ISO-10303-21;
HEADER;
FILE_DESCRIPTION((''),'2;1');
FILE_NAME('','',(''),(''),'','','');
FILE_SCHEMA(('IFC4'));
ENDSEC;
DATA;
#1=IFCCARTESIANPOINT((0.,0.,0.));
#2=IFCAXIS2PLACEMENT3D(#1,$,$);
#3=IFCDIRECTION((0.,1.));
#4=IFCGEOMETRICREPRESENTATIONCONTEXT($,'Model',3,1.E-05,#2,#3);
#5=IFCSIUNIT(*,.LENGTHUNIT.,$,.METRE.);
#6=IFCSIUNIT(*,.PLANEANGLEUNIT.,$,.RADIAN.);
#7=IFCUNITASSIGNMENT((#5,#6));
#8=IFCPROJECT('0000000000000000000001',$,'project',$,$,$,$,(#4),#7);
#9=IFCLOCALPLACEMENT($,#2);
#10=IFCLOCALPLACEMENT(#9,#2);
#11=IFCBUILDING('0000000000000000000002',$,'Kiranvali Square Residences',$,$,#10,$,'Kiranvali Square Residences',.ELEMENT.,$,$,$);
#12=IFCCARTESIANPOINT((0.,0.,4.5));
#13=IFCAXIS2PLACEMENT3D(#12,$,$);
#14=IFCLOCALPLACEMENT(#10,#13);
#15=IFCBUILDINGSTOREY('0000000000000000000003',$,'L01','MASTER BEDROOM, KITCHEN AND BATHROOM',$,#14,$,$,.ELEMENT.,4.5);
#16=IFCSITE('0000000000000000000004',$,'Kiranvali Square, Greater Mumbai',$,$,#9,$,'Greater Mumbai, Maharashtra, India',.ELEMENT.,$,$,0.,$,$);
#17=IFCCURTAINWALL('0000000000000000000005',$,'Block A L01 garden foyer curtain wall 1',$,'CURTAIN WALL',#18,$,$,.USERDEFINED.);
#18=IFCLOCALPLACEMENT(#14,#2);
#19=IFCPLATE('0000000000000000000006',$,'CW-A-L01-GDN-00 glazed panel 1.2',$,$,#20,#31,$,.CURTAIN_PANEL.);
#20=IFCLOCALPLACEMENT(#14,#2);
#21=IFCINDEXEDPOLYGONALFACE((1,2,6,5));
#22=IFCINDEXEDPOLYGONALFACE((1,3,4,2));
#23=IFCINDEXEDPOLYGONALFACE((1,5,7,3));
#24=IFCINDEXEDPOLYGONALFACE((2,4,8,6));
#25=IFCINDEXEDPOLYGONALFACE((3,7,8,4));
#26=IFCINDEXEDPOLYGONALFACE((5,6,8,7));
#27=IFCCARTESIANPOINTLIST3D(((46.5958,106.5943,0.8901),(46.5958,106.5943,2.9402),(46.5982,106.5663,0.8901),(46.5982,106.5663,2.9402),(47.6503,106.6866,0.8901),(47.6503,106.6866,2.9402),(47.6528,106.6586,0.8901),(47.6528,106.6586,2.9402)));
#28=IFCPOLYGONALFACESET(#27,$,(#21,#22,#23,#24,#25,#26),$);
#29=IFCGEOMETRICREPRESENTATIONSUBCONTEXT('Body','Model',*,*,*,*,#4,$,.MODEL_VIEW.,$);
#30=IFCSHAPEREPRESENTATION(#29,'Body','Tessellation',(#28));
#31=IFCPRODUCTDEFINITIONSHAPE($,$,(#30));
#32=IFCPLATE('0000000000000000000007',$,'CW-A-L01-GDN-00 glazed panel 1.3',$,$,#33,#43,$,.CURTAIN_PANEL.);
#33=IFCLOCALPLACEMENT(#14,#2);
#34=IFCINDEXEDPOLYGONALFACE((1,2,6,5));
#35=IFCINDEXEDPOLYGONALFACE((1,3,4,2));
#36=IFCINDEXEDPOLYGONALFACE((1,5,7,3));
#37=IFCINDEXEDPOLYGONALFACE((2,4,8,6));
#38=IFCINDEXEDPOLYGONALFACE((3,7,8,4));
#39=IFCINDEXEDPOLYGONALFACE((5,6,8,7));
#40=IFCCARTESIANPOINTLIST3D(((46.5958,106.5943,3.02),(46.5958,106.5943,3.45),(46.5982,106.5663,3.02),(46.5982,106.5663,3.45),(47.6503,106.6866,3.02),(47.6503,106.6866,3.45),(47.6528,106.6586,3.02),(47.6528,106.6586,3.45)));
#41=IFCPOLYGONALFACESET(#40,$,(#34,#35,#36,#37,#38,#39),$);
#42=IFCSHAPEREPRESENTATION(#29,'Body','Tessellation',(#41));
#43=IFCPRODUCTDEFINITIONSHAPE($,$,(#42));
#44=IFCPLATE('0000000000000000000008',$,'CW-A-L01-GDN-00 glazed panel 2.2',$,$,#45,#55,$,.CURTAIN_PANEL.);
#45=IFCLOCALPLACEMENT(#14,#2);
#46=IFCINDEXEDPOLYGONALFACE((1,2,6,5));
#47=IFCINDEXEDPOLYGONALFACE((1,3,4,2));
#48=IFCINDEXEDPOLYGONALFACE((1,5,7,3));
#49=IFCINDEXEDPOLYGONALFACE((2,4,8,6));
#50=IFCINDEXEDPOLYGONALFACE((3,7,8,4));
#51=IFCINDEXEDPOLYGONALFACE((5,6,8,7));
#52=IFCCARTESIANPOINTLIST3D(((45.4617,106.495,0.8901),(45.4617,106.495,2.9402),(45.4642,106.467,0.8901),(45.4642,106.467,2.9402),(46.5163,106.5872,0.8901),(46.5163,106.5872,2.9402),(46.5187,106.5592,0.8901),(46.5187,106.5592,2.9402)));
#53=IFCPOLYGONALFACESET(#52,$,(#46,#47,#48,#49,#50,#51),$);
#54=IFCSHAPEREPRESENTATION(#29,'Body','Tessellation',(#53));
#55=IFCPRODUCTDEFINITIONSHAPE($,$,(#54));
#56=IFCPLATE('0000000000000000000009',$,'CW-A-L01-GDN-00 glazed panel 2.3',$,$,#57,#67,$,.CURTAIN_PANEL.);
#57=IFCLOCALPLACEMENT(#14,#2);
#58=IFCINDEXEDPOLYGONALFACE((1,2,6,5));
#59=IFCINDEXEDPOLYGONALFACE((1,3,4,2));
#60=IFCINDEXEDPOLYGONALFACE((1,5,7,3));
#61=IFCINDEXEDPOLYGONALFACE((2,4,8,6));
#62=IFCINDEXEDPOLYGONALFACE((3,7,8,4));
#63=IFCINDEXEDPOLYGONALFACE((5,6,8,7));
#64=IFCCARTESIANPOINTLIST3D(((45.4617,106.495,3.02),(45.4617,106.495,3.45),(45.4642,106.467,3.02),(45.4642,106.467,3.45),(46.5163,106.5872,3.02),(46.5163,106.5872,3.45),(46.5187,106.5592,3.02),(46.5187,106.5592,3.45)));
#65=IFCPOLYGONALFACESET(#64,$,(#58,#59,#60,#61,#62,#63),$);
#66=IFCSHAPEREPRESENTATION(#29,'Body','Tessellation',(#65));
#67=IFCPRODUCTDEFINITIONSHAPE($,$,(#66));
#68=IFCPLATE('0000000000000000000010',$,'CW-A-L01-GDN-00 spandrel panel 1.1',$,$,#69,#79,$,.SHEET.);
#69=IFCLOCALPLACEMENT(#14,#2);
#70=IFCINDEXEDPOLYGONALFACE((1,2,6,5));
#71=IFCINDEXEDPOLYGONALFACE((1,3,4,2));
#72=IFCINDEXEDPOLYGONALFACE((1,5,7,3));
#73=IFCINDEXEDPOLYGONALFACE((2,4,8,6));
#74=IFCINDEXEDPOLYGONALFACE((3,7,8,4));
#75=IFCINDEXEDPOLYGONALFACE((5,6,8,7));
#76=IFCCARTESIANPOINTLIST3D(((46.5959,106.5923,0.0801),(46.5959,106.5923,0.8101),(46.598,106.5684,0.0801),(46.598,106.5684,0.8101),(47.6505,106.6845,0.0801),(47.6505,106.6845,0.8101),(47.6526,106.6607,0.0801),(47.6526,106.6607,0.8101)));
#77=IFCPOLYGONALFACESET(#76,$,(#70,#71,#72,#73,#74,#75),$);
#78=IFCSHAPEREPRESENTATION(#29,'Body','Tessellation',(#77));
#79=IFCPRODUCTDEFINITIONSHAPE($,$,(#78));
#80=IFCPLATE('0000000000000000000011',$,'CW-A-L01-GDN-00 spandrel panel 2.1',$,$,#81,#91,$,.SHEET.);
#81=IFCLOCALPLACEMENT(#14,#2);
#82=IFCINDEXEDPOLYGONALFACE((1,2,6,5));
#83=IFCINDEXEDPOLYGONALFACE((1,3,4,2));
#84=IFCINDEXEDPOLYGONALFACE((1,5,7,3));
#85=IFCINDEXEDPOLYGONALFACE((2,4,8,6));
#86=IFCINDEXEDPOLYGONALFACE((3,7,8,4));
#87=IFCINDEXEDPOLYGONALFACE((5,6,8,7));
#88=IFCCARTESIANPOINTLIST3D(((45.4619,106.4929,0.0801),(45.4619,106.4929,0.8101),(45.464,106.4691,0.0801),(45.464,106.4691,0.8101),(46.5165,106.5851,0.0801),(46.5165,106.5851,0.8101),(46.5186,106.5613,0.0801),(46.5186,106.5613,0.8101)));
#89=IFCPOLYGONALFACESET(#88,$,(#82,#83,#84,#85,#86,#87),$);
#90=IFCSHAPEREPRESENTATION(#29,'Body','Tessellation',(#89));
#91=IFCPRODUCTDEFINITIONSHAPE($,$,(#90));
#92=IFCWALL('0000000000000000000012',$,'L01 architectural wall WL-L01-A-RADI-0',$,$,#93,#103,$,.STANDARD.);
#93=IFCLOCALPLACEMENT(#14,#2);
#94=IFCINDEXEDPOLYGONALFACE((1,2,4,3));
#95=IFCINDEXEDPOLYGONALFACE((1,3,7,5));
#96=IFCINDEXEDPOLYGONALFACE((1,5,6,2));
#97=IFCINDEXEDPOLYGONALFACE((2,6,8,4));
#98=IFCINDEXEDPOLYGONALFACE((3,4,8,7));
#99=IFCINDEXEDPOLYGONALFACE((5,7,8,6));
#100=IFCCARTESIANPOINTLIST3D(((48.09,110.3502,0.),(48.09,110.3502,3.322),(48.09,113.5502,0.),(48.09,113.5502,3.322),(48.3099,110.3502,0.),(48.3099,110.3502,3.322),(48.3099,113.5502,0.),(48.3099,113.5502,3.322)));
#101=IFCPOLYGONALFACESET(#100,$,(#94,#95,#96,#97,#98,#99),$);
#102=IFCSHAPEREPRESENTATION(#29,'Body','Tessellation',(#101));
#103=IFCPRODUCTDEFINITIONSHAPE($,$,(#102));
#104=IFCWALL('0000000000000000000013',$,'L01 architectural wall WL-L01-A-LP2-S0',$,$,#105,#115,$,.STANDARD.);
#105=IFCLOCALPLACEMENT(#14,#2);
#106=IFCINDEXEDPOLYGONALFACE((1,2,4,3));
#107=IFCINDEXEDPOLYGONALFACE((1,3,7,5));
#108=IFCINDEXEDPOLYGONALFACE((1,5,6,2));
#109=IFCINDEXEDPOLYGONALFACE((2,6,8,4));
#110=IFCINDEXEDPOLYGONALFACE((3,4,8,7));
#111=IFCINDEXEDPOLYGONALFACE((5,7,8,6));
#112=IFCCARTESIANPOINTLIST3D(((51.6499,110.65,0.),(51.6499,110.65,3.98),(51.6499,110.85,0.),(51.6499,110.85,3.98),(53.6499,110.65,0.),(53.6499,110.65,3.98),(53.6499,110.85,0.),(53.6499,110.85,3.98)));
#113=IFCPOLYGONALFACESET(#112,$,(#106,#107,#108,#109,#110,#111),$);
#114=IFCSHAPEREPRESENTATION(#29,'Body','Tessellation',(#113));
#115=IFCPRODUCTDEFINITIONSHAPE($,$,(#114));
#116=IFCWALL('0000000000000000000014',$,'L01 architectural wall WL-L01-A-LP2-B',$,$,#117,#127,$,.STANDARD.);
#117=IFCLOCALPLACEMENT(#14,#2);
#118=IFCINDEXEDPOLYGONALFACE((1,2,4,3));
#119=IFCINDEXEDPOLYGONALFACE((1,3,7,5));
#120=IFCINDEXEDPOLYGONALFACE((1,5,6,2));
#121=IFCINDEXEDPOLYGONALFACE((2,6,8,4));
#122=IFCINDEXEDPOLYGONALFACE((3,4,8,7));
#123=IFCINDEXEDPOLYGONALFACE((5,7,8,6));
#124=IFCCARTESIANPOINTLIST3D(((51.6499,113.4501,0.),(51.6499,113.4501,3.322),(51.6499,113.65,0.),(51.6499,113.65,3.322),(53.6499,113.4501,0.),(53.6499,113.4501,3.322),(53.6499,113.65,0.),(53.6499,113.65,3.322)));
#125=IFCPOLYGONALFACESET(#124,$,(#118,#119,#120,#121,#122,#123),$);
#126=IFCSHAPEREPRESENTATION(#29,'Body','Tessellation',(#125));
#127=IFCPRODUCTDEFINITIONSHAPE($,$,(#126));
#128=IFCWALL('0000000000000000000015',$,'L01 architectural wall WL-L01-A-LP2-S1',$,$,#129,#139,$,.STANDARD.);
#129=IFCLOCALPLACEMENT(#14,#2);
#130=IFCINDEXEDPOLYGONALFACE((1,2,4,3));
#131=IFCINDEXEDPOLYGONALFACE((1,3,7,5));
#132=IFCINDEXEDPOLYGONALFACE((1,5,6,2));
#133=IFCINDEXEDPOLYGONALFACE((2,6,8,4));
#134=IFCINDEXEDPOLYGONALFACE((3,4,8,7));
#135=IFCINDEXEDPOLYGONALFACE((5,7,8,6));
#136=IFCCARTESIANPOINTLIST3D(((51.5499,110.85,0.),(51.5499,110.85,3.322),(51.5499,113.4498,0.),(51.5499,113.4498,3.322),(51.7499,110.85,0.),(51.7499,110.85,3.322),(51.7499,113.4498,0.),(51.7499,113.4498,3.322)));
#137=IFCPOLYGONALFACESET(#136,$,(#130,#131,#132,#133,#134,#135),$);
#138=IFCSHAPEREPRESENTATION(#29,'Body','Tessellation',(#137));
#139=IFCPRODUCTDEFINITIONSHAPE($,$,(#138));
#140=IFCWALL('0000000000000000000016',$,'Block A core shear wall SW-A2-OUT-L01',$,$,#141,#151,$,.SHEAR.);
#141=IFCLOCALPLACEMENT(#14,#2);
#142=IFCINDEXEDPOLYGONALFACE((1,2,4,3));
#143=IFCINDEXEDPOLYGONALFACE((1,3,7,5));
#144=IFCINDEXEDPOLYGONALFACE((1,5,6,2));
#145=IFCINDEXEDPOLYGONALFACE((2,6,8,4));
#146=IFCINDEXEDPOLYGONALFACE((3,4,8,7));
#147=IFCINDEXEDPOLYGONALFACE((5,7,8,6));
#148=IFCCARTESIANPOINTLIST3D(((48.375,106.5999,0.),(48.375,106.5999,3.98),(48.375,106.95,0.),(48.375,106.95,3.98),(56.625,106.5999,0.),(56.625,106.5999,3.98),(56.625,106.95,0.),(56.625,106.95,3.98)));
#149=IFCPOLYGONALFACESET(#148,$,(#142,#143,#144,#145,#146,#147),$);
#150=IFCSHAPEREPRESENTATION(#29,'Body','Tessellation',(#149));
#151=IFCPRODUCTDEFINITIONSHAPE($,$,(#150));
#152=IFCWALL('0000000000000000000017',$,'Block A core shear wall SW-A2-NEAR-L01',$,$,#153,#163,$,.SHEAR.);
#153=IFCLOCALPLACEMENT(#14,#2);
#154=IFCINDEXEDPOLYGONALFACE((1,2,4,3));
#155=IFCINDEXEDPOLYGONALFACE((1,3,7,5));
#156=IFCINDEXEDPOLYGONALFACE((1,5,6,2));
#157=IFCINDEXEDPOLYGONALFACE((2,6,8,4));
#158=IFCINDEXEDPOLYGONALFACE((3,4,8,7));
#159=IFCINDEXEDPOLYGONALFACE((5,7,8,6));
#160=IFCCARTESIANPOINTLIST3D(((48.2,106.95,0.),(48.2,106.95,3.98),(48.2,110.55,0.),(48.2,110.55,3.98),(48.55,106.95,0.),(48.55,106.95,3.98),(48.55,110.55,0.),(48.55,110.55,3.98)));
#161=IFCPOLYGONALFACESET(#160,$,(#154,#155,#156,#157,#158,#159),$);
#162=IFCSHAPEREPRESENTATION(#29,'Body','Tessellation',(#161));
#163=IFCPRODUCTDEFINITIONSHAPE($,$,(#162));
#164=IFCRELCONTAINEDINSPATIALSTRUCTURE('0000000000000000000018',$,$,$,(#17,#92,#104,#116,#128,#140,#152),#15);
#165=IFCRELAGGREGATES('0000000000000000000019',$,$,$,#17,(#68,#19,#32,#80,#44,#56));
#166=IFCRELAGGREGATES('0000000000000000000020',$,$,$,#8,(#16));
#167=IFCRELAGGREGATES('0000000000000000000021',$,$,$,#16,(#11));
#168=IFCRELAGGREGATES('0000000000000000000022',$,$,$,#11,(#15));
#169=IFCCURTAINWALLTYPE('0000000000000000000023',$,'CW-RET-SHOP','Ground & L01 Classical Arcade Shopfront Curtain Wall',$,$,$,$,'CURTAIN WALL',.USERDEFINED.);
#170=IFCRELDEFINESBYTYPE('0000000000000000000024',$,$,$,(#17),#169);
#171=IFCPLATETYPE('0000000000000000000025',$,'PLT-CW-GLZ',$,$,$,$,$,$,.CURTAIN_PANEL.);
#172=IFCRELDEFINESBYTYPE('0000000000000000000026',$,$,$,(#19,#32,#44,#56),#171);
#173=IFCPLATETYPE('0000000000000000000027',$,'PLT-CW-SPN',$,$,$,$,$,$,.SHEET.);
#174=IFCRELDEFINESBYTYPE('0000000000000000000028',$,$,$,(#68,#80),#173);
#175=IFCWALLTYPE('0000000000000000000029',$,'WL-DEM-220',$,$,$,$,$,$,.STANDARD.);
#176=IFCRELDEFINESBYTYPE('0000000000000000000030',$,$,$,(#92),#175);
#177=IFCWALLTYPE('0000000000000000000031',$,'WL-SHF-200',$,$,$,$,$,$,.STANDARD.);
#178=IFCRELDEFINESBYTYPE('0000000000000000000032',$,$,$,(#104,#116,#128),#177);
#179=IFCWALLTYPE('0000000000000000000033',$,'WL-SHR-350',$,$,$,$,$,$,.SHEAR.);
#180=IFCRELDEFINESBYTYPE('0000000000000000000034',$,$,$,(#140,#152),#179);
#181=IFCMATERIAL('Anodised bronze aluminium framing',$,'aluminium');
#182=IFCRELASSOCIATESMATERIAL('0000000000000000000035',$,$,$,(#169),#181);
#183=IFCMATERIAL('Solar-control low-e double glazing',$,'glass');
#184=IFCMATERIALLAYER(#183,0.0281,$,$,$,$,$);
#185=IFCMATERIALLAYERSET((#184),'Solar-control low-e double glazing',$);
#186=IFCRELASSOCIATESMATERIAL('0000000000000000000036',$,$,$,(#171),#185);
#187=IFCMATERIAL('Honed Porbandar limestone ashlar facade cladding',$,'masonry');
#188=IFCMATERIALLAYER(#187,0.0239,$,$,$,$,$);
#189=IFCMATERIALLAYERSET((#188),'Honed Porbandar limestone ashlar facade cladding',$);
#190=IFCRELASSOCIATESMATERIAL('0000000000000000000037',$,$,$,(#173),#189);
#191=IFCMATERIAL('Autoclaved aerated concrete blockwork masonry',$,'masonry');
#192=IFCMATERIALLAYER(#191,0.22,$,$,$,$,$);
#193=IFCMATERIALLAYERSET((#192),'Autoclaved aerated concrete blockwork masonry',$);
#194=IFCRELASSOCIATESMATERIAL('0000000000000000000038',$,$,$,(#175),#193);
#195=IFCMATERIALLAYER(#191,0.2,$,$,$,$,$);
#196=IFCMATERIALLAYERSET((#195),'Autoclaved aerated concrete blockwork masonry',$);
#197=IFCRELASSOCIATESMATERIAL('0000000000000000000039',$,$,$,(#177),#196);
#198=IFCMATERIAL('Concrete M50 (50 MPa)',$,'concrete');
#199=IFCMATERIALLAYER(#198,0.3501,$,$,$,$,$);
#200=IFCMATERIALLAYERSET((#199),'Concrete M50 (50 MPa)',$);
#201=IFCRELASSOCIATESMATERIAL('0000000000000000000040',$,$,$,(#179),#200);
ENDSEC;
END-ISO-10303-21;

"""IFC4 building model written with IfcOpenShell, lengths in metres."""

from ifc_helpers import new_model, si_unit, direction, frame, frame_2d, origin, origin_2d, place, context, subcontext, project, spatial, rectangle, extrude, material, layer, layer_set, type_object, element, aggregate, save


model = new_model("IFC4")

# Units and contexts
model_context = context("Model", 3, precision=1e-05, world=origin(), true_north=direction((0.0, 1.0)))
body_context = subcontext(model_context, "Body", "Model", "MODEL_VIEW")
ifc_project = project(units=[si_unit("LENGTHUNIT", "METRE"), si_unit("PLANEANGLEUNIT", "RADIAN")], contexts=[model_context])

# Site, building, storey
site_placement = place(None, origin())
site = spatial("IfcSite", under=ifc_project, at=site_placement, Name="Kiranvali Square, Greater Mumbai", LongName="Greater Mumbai, Maharashtra, India", CompositionType="ELEMENT", RefElevation=0.0)
building_placement = place(site_placement, origin())
building = spatial("IfcBuilding", under=site, at=building_placement, Name="Kiranvali Square Residences", LongName="Kiranvali Square Residences", CompositionType="ELEMENT")
storey_placement = place(building_placement, frame((0.0, 0.0, 4.5)))
storey = spatial("IfcBuildingStorey", under=building, at=storey_placement, Name="L01", Description="MASTER BEDROOM, KITCHEN AND BATHROOM", CompositionType="ELEMENT", Elevation=4.5)

# Curtain wall
ifc_material_1 = material(Name="Anodised bronze aluminium framing", Category="aluminium")
curtain_wall_type = type_object("IfcCurtainWallType", Name="CW-RET-SHOP", Description="Ground & L01 Classical Arcade Shopfront Curtain Wall", ElementType="CURTAIN WALL", PredefinedType="USERDEFINED", material=ifc_material_1)
curtain_wall_placement = place(storey_placement, origin())
curtain_wall = element("IfcCurtainWall", 1, at=curtain_wall_placement, inside=storey, type_object=curtain_wall_type, Name="Block A L01 garden foyer curtain wall 1", ObjectType="CURTAIN WALL", PredefinedType="USERDEFINED")

# Plates
ifc_material_2 = material(Name="Solar-control low-e double glazing", Category="glass")
ifc_layer_1 = layer(ifc_material_2, 0.0281)
ifc_layer_set_1 = layer_set([ifc_layer_1], Name="Solar-control low-e double glazing")
plate_type_1 = type_object("IfcPlateType", Name="PLT-CW-GLZ", PredefinedType="CURTAIN_PANEL", material=ifc_layer_set_1)
plate_1_placement = place(storey_placement, frame((47.1243, 106.6265, 0.8901), z_axis=(0.0, 0.0, 1.0), x_axis=(-0.996195, -0.087156, 0.0)))
plate_1 = element("IfcPlate", 2, at=plate_1_placement, type_object=plate_type_1, Name="CW-A-L01-GDN-00 glazed panel 1.2", PredefinedType="CURTAIN_PANEL", context=body_context, shape_type="SweptSolid", body=[
    extrude(rectangle(XDim=1.0586, YDim=0.0281, at=origin_2d()), origin(), (0.0, 0.0, 1.0), 2.05),
])
plate_2_placement = place(storey_placement, frame((47.1243, 106.6265, 3.02), z_axis=(0.0, 0.0, 1.0), x_axis=(-0.996195, -0.087156, 0.0)))
plate_2 = element("IfcPlate", 3, at=plate_2_placement, type_object=plate_type_1, Name="CW-A-L01-GDN-00 glazed panel 1.3", PredefinedType="CURTAIN_PANEL", context=body_context, shape_type="SweptSolid", body=[
    extrude(rectangle(XDim=1.0586, YDim=0.0281, at=origin_2d()), origin(), (0.0, 0.0, 1.0), 0.4299),
])
plate_3_placement = place(storey_placement, frame((45.9902, 106.5271, 0.8901), z_axis=(0.0, 0.0, 1.0), x_axis=(-0.996195, -0.087156, 0.0)))
plate_3 = element("IfcPlate", 4, at=plate_3_placement, type_object=plate_type_1, Name="CW-A-L01-GDN-00 glazed panel 2.2", PredefinedType="CURTAIN_PANEL", context=body_context, shape_type="SweptSolid", body=[
    extrude(rectangle(XDim=1.0586, YDim=0.0281, at=origin_2d()), origin(), (0.0, 0.0, 1.0), 2.05),
])
plate_4_placement = place(storey_placement, frame((45.9902, 106.5271, 3.02), z_axis=(0.0, 0.0, 1.0), x_axis=(-0.996195, -0.087156, 0.0)))
plate_4 = element("IfcPlate", 5, at=plate_4_placement, type_object=plate_type_1, Name="CW-A-L01-GDN-00 glazed panel 2.3", PredefinedType="CURTAIN_PANEL", context=body_context, shape_type="SweptSolid", body=[
    extrude(rectangle(XDim=1.0586, YDim=0.0281, at=origin_2d()), origin(), (0.0, 0.0, 1.0), 0.4299),
])
ifc_material_3 = material(Name="Honed Porbandar limestone ashlar facade cladding", Category="masonry")
ifc_layer_2 = layer(ifc_material_3, 0.0239)
ifc_layer_set_2 = layer_set([ifc_layer_2], Name="Honed Porbandar limestone ashlar facade cladding")
plate_type_2 = type_object("IfcPlateType", Name="PLT-CW-SPN", PredefinedType="SHEET", material=ifc_layer_set_2)
plate_5_placement = place(storey_placement, frame((47.1243, 106.6265, 0.0801), z_axis=(0.0, 0.0, 1.0), x_axis=(-0.996195, -0.087156, 0.0)))
plate_5 = element("IfcPlate", 6, at=plate_5_placement, type_object=plate_type_2, Name="CW-A-L01-GDN-00 spandrel panel 1.1", PredefinedType="SHEET", context=body_context, shape_type="SweptSolid", body=[
    extrude(rectangle(XDim=1.0586, YDim=0.0239, at=origin_2d()), origin(), (0.0, 0.0, 1.0), 0.73),
])
plate_6_placement = place(storey_placement, frame((45.9902, 106.5271, 0.0801), z_axis=(0.0, 0.0, 1.0), x_axis=(-0.996195, -0.087156, 0.0)))
plate_6 = element("IfcPlate", 7, at=plate_6_placement, type_object=plate_type_2, Name="CW-A-L01-GDN-00 spandrel panel 2.1", PredefinedType="SHEET", context=body_context, shape_type="SweptSolid", body=[
    extrude(rectangle(XDim=1.0586, YDim=0.0239, at=origin_2d()), origin(), (0.0, 0.0, 1.0), 0.73),
])
aggregate(curtain_wall, [plate_5, plate_1, plate_2, plate_6, plate_3, plate_4])

# Shared definitions
ifc_material_4 = material(Name="Autoclaved aerated concrete blockwork masonry", Category="masonry")

# Walls
ifc_layer_3 = layer(ifc_material_4, 0.22)
ifc_layer_set_3 = layer_set([ifc_layer_3], Name="Autoclaved aerated concrete blockwork masonry")
wall_type_1 = type_object("IfcWallType", Name="WL-DEM-220", PredefinedType="STANDARD", material=ifc_layer_set_3)
wall_1_placement = place(storey_placement, frame((48.2, 110.3501, 0.0), z_axis=(0.0, 0.0, 1.0), x_axis=(0.0, 1.0, 0.0)))
element("IfcWall", 8, at=wall_1_placement, inside=storey, type_object=wall_type_1, Name="L01 architectural wall WL-L01-A-RADI-0", PredefinedType="STANDARD", context=body_context, shape_type="SweptSolid", body=[
    extrude(rectangle(XDim=3.2, YDim=0.22, at=frame_2d((1.6001, 0.0))), origin(), (0.0, 0.0, 1.0), 3.322),
])
ifc_layer_4 = layer(ifc_material_4, 0.2)
ifc_layer_set_4 = layer_set([ifc_layer_4], Name="Autoclaved aerated concrete blockwork masonry")
wall_type_2 = type_object("IfcWallType", Name="WL-SHF-200", PredefinedType="STANDARD", material=ifc_layer_set_4)
wall_2_placement = place(storey_placement, frame((51.6499, 110.75, 0.0), z_axis=(0.0, 0.0, 1.0), x_axis=(1.0, 0.0, 0.0)))
element("IfcWall", 9, at=wall_2_placement, inside=storey, type_object=wall_type_2, Name="L01 architectural wall WL-L01-A-LP2-S0", PredefinedType="STANDARD", context=body_context, shape_type="SweptSolid", body=[
    extrude(rectangle(XDim=2.0, YDim=0.2, at=frame_2d((1.0, 0.0))), origin(), (0.0, 0.0, 1.0), 3.98),
])
wall_3_placement = place(storey_placement, frame((51.6499, 113.55, 0.0), z_axis=(0.0, 0.0, 1.0), x_axis=(1.0, 0.0, 0.0)))
element("IfcWall", 10, at=wall_3_placement, inside=storey, type_object=wall_type_2, Name="L01 architectural wall WL-L01-A-LP2-B", PredefinedType="STANDARD", context=body_context, shape_type="SweptSolid", body=[
    extrude(rectangle(XDim=2.0, YDim=0.2, at=frame_2d((1.0, 0.0))), origin(), (0.0, 0.0, 1.0), 3.322),
])
wall_4_placement = place(storey_placement, frame((51.6499, 110.8501, 0.0), z_axis=(0.0, 0.0, 1.0), x_axis=(0.0, 1.0, 0.0)))
element("IfcWall", 11, at=wall_4_placement, inside=storey, type_object=wall_type_2, Name="L01 architectural wall WL-L01-A-LP2-S1", PredefinedType="STANDARD", context=body_context, shape_type="SweptSolid", body=[
    extrude(rectangle(XDim=2.5999, YDim=0.2, at=frame_2d((1.2998, 0.0))), origin(), (0.0, 0.0, 1.0), 3.322),
])
ifc_material_5 = material(Name="Concrete M50 (50 MPa)", Category="concrete")
ifc_layer_5 = layer(ifc_material_5, 0.3501)
ifc_layer_set_5 = layer_set([ifc_layer_5], Name="Concrete M50 (50 MPa)")
wall_type_3 = type_object("IfcWallType", Name="WL-SHR-350", PredefinedType="SHEAR", material=ifc_layer_set_5)
wall_5_placement = place(storey_placement, frame((48.375, 106.7749, 0.0), z_axis=(0.0, 0.0, 1.0), x_axis=(1.0, 0.0, 0.0)))
element("IfcWall", 12, at=wall_5_placement, inside=storey, type_object=wall_type_3, Name="Block A core shear wall SW-A2-OUT-L01", PredefinedType="SHEAR", context=body_context, shape_type="SweptSolid", body=[
    extrude(rectangle(XDim=8.25, YDim=0.3501, at=frame_2d((4.125, 0.0))), origin(), (0.0, 0.0, 1.0), 3.98),
])

# Wall
wall_6_placement = place(storey_placement, frame((48.375, 106.95, 0.0), z_axis=(0.0, 0.0, 1.0), x_axis=(0.0, 1.0, 0.0)))
element("IfcWall", 13, at=wall_6_placement, inside=storey, type_object=wall_type_3, Name="Block A core shear wall SW-A2-NEAR-L01", PredefinedType="SHEAR", context=body_context, shape_type="SweptSolid", body=[
    extrude(rectangle(XDim=3.6001, YDim=0.3501, at=frame_2d((1.8, 0.0))), origin(), (0.0, 0.0, 1.0), 3.98),
])

save(model, "model.ifc")
